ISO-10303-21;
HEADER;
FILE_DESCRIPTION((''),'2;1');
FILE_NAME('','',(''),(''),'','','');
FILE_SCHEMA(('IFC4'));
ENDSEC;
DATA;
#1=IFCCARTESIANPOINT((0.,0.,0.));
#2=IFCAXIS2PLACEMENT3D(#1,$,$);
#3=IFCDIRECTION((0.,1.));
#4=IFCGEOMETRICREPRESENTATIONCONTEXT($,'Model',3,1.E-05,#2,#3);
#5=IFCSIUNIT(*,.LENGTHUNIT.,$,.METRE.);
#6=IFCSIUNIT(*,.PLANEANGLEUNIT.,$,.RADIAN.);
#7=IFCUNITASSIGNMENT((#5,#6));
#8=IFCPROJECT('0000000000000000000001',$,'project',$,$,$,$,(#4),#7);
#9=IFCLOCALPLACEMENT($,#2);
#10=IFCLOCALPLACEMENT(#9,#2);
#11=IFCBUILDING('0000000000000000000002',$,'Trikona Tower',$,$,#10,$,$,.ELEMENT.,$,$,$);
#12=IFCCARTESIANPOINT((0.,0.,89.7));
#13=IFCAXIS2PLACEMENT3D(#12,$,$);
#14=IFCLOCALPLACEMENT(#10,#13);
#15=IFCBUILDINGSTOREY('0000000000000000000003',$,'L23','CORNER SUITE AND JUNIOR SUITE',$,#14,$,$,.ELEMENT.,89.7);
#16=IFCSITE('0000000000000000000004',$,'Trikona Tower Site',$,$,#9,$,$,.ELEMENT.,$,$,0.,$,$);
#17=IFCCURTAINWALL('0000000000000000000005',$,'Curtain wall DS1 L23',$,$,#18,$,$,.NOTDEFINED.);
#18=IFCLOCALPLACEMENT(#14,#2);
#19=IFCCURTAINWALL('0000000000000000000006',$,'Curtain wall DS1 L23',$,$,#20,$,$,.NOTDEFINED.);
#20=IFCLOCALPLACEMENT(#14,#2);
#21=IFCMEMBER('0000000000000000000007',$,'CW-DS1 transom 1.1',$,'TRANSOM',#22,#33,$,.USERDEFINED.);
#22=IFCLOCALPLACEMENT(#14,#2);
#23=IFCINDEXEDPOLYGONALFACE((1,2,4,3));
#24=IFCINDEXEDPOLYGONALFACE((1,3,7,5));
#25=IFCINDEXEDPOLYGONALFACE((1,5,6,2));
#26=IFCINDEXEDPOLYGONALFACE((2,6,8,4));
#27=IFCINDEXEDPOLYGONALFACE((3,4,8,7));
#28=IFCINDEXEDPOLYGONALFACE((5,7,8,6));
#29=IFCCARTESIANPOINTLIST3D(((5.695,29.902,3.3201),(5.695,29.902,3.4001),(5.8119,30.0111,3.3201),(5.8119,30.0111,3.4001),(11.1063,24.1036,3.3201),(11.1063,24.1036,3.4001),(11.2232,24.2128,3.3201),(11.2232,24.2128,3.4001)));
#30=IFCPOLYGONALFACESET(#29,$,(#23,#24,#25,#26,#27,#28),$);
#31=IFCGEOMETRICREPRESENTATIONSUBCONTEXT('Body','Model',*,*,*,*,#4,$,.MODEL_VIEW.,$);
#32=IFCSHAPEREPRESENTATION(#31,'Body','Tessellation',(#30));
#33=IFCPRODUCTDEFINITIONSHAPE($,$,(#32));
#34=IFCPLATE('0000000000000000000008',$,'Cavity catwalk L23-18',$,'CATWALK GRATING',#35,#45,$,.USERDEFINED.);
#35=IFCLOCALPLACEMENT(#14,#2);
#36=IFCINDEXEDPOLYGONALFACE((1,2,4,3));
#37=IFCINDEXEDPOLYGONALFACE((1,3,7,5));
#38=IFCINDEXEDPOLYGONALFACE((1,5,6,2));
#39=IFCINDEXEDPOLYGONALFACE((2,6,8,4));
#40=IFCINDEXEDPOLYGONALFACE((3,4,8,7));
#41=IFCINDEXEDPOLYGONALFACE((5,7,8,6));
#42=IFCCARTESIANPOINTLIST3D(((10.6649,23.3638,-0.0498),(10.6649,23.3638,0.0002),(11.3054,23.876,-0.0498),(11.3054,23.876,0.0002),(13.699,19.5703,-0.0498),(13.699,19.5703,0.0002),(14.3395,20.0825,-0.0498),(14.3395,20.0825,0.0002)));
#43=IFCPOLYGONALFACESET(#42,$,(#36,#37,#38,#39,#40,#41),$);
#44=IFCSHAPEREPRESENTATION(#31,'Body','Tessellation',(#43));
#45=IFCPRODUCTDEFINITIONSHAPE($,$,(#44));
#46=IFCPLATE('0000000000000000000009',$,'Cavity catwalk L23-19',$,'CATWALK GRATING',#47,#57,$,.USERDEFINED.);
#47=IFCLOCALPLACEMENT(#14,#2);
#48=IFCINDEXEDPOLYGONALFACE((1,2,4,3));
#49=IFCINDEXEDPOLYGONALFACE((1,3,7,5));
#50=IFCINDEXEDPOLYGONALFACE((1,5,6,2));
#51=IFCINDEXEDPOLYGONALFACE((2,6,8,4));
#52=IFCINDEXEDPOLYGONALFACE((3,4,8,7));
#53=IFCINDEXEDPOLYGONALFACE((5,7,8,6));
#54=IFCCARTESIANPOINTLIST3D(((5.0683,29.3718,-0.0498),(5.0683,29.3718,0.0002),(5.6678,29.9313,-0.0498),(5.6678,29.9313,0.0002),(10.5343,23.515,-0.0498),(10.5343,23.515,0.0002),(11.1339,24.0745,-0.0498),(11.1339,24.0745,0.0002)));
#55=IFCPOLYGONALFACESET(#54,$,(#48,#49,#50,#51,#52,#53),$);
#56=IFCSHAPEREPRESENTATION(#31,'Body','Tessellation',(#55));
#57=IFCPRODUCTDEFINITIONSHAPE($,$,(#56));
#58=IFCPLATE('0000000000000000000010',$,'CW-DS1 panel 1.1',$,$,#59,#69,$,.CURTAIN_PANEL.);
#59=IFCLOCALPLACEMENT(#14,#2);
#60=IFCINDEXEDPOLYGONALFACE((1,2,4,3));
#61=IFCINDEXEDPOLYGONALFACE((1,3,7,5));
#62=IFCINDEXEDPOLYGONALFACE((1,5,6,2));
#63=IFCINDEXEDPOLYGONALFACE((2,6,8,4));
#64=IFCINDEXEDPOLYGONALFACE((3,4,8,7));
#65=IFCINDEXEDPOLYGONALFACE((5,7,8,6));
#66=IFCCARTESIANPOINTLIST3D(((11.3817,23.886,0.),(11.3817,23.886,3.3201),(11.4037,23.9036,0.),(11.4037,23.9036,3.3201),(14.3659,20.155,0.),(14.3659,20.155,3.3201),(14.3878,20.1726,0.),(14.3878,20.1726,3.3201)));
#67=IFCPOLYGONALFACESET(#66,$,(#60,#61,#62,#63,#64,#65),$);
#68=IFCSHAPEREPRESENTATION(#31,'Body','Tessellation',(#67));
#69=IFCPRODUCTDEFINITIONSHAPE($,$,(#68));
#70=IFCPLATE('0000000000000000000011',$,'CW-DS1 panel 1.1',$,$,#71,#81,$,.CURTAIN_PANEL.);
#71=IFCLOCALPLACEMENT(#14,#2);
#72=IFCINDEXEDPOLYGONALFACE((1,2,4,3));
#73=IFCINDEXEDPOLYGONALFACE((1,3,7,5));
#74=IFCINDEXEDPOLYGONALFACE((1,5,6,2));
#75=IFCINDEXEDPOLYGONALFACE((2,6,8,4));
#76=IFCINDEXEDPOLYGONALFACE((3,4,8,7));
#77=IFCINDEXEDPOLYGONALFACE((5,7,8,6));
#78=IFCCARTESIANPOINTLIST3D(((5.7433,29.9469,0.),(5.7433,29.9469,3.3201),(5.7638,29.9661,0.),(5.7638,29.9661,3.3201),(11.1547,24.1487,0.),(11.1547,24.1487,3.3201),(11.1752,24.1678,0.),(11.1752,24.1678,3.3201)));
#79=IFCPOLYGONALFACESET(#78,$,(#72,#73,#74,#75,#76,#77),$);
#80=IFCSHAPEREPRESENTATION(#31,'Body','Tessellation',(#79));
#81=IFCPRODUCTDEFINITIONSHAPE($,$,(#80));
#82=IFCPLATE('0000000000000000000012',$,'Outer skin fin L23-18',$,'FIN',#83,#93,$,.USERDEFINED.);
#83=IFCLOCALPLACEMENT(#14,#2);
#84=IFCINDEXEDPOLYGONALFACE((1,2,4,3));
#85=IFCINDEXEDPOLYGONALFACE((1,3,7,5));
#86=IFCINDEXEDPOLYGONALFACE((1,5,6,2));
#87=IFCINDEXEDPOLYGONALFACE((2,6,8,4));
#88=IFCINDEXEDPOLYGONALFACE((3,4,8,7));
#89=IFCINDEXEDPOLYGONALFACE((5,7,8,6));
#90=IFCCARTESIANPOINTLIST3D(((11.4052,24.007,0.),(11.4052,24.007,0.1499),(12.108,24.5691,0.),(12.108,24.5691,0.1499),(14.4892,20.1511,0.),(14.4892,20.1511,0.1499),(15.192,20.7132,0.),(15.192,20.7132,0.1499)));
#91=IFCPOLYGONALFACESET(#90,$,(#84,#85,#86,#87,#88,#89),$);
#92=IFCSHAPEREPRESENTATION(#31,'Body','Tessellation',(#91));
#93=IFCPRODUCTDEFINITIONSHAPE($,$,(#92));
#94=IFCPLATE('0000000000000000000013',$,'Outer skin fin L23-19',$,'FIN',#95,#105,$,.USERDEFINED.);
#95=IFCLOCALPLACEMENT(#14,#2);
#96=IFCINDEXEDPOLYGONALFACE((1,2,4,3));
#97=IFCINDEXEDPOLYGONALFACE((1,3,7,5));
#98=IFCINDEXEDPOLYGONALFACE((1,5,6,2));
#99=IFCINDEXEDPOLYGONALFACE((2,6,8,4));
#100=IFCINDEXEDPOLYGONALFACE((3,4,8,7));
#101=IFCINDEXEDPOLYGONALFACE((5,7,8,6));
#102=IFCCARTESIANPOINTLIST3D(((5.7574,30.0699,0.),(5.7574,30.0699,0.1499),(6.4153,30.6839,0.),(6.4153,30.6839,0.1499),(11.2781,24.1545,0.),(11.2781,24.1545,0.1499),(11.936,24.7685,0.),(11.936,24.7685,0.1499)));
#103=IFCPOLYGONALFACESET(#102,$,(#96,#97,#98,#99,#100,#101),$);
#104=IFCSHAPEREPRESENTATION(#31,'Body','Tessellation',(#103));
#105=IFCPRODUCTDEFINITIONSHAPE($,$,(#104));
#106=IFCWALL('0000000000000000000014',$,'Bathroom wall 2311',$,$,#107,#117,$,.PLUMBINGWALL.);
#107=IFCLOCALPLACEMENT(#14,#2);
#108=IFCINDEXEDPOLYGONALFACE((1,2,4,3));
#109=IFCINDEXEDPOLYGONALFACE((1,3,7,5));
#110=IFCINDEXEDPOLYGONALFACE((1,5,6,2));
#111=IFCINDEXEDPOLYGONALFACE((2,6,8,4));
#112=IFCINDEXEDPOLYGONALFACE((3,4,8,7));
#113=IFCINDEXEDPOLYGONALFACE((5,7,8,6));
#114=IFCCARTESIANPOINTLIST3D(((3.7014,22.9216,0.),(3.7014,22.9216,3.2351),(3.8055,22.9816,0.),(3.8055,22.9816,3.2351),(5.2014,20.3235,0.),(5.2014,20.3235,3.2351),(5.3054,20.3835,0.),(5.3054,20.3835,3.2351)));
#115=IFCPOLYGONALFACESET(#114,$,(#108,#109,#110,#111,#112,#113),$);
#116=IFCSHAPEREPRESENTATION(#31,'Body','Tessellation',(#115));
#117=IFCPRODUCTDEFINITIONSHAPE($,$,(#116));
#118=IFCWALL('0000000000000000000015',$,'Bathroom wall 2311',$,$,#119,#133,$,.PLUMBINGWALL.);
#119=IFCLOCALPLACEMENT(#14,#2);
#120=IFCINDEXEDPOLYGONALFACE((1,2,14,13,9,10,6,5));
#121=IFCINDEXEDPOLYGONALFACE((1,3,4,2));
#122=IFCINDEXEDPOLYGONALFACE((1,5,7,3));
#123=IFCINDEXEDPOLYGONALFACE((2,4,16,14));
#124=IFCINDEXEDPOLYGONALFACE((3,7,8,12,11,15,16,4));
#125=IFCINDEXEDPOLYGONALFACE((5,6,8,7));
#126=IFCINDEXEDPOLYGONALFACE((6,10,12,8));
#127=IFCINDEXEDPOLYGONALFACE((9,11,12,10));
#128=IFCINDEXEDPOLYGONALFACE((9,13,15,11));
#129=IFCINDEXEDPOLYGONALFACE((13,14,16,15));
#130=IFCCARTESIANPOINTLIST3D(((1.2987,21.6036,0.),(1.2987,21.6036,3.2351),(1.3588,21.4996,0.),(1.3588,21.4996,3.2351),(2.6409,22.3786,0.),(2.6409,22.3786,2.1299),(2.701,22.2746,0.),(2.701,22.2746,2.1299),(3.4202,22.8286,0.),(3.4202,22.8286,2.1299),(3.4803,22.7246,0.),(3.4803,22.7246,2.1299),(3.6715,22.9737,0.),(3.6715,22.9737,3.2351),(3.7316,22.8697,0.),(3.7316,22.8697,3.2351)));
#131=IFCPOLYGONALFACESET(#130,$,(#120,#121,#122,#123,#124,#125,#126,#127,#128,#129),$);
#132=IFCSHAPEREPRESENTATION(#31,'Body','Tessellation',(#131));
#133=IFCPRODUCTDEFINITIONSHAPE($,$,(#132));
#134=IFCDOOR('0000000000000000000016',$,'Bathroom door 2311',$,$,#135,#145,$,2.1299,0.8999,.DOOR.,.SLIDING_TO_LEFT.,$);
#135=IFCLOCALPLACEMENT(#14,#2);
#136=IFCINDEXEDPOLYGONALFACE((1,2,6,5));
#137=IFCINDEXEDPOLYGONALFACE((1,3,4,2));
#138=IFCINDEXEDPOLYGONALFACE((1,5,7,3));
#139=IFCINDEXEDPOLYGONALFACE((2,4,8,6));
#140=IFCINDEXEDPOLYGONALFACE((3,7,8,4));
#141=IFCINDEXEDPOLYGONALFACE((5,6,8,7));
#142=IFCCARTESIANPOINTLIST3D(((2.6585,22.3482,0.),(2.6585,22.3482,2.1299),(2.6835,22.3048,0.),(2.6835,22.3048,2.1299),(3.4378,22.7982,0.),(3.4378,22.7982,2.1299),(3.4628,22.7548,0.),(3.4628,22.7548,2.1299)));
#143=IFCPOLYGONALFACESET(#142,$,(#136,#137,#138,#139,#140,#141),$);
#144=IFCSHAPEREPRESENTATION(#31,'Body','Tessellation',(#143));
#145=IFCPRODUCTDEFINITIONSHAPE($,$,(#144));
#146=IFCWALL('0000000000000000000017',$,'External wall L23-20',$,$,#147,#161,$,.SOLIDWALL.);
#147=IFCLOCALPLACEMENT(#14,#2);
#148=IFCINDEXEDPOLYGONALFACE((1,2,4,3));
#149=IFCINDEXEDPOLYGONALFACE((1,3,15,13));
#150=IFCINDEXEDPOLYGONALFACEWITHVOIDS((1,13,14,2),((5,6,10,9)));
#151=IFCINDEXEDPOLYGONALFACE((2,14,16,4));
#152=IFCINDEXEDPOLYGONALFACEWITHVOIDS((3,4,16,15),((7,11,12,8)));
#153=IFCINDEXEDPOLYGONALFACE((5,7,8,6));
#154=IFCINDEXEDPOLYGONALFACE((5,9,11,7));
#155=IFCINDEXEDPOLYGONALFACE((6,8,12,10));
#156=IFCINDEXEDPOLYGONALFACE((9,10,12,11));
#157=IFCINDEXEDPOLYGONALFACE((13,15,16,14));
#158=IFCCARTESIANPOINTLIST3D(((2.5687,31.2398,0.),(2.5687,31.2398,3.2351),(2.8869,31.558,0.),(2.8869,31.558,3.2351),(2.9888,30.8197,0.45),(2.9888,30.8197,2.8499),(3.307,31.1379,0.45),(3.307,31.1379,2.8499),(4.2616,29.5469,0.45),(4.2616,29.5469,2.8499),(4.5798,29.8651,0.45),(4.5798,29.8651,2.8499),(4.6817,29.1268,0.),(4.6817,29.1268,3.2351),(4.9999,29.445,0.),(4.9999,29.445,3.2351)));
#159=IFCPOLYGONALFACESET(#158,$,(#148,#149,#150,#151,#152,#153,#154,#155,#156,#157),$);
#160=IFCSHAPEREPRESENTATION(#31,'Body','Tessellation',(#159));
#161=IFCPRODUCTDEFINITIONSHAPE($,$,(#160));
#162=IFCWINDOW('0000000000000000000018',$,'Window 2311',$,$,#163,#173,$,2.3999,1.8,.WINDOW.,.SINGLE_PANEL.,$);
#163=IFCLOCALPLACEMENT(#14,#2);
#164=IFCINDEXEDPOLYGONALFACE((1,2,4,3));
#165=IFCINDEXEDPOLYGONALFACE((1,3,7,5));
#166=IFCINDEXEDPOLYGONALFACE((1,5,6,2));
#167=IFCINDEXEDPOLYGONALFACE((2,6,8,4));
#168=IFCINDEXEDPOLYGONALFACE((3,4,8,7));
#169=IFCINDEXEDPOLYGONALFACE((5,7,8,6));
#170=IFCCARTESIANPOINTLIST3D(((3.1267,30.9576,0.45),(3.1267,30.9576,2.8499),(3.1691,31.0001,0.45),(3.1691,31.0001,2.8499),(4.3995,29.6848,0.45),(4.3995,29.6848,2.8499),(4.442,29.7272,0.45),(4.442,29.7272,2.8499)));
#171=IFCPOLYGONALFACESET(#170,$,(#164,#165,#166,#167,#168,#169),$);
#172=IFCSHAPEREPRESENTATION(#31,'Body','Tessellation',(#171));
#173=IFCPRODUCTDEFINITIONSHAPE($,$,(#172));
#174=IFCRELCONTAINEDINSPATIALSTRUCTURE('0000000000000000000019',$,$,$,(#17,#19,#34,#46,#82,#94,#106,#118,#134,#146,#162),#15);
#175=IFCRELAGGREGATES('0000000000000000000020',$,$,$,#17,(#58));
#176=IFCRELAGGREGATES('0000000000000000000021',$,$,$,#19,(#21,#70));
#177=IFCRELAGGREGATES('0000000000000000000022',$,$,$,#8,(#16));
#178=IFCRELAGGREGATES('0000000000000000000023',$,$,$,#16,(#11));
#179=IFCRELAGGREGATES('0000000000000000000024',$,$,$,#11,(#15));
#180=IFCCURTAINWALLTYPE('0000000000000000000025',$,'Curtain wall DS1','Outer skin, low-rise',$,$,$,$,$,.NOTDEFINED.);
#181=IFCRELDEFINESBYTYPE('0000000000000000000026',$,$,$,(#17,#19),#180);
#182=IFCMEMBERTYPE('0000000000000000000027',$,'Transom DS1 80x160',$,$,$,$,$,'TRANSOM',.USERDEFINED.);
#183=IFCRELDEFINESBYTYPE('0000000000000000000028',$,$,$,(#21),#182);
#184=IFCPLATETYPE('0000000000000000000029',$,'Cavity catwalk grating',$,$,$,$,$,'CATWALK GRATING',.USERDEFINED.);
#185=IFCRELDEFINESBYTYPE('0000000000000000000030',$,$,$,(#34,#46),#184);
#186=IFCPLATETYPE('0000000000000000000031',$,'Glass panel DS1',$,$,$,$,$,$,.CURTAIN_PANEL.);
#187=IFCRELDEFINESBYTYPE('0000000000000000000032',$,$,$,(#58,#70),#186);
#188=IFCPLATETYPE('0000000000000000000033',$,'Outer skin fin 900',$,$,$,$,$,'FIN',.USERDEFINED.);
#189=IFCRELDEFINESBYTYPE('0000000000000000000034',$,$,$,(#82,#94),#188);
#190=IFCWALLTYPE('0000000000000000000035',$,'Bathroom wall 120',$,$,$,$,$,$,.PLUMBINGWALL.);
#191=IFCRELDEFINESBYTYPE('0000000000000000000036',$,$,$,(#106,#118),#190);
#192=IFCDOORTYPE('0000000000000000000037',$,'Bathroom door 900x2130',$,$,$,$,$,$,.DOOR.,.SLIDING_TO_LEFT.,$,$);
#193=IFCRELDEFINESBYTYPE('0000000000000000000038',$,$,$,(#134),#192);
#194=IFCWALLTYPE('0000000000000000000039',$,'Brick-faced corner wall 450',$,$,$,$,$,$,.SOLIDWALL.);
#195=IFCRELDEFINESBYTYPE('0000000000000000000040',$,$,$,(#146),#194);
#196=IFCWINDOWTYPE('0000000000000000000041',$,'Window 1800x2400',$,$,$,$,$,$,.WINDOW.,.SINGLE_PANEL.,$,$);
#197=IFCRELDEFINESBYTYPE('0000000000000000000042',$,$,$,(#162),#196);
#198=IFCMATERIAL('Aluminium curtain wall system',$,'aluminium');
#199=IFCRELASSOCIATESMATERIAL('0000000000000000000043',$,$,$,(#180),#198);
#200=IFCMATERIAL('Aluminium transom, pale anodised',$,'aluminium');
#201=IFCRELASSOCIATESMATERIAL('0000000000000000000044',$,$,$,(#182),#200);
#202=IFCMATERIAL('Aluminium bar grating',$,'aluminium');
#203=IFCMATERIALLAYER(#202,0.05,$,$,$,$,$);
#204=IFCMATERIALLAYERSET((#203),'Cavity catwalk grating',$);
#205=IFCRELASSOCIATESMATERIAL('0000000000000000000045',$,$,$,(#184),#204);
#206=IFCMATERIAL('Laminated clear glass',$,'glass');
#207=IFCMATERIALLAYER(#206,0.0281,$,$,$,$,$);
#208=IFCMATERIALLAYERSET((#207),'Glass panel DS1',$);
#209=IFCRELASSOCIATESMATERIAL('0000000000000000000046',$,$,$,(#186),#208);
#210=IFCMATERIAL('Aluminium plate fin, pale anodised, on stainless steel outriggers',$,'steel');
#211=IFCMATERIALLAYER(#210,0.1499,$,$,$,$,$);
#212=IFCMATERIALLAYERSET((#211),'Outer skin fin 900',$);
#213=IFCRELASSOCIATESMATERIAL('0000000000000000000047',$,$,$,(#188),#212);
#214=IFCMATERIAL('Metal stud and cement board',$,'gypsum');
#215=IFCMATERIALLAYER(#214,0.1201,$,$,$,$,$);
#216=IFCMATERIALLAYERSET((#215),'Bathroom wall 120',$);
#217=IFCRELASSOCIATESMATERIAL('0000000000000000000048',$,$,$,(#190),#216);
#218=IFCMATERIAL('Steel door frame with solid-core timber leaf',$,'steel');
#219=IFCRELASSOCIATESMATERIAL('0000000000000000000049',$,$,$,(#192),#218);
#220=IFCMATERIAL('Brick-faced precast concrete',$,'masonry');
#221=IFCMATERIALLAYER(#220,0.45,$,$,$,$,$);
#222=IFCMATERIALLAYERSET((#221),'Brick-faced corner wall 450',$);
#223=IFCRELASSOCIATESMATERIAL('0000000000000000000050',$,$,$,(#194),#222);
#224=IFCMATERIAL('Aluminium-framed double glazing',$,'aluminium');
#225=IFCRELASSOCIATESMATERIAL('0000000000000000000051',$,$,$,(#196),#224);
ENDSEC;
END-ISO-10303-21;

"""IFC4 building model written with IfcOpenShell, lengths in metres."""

from ifc_helpers import new_model, si_unit, direction, frame, frame_2d, origin, origin_2d, place, context, subcontext, project, spatial, rectangle, extrude, material, layer, layer_set, material_profile, profile_set, type_object, element, fill, aggregate, save


model = new_model("IFC4")

# Units and contexts
model_context = context("Model", 3, precision=1e-05, world=origin(), true_north=direction((0.0, 1.0)))
body_context = subcontext(model_context, "Body", "Model", "MODEL_VIEW")
ifc_project = project(units=[si_unit("LENGTHUNIT", "METRE"), si_unit("PLANEANGLEUNIT", "RADIAN")], contexts=[model_context])

# Site, building, storey
site_placement = place(None, origin())
site = spatial("IfcSite", under=ifc_project, at=site_placement, Name="Trikona Tower Site", CompositionType="ELEMENT", RefElevation=0.0)
building_placement = place(site_placement, origin())
building = spatial("IfcBuilding", under=site, at=building_placement, Name="Trikona Tower", CompositionType="ELEMENT")
storey_placement = place(building_placement, frame((0.0, 0.0, 89.7)))
storey = spatial("IfcBuildingStorey", under=building, at=storey_placement, Name="L23", Description="CORNER SUITE AND JUNIOR SUITE", CompositionType="ELEMENT", Elevation=89.7)

# Curtain walls
ifc_material_1 = material(Name="Aluminium curtain wall system", Category="aluminium")
curtain_wall_type = type_object("IfcCurtainWallType", Name="Curtain wall DS1", Description="Outer skin, low-rise", PredefinedType="NOTDEFINED", material=ifc_material_1)
curtain_wall_1_placement = place(storey_placement, origin())
curtain_wall_1 = element("IfcCurtainWall", 1, at=curtain_wall_1_placement, inside=storey, type_object=curtain_wall_type, Name="Curtain wall DS1 L23", PredefinedType="NOTDEFINED")
curtain_wall_2_placement = place(storey_placement, origin())
curtain_wall_2 = element("IfcCurtainWall", 2, at=curtain_wall_2_placement, inside=storey, type_object=curtain_wall_type, Name="Curtain wall DS1 L23", PredefinedType="NOTDEFINED")

# Member
ifc_material_2 = material(Name="Aluminium transom, pale anodised", Category="aluminium")
ifc_material_profile_1 = material_profile(ifc_material_2, rectangle(XDim=0.1599, YDim=0.0801, at=origin_2d()), Name="TRN-DS1")
ifc_profile_set_1 = profile_set([ifc_material_profile_1], Name="Aluminium transom, pale anodised")
member_type_1 = type_object("IfcMemberType", Name="Transom DS1 80x160", ElementType="TRANSOM", PredefinedType="USERDEFINED", material=ifc_profile_set_1)
member_1_placement = place(storey_placement, frame((11.1648, 24.1582, 3.3601), z_axis=(-0.682291, 0.731081, 0.0), x_axis=(-0.731081, -0.682291, 0.0)))
member_1 = element("IfcMember", 3, at=member_1_placement, type_object=member_type_1, Name="CW-DS1 transom 1.1", ObjectType="TRANSOM", PredefinedType="USERDEFINED", context=body_context, shape_type="SweptSolid", body=[
    extrude(rectangle(XDim=0.1599, YDim=0.0801, at=origin_2d()), origin(), (0.0, 0.0, 1.0), 7.9312),
])

# Plates
ifc_material_3 = material(Name="Aluminium bar grating", Category="aluminium")
ifc_layer_1 = layer(ifc_material_3, 0.05)
ifc_layer_set_1 = layer_set([ifc_layer_1], Name="Cavity catwalk grating")
plate_type_1 = type_object("IfcPlateType", Name="Cavity catwalk grating", ElementType="CATWALK GRATING", PredefinedType="USERDEFINED", material=ifc_layer_set_1)
plate_1_placement = place(storey_placement, frame((12.5022, 21.7231, -0.0498), z_axis=(0.0, 0.0, 1.0), x_axis=(-0.624604, 0.780942, 0.0)))
element("IfcPlate", 4, at=plate_1_placement, inside=storey, type_object=plate_type_1, Name="Cavity catwalk L23-18", ObjectType="CATWALK GRATING", PredefinedType="USERDEFINED", context=body_context, shape_type="SweptSolid", body=[
    extrude(rectangle(XDim=4.8577, YDim=0.8201, at=origin_2d()), origin(), (0.0, 0.0, 1.0), 0.05),
])
plate_2_placement = place(storey_placement, frame((8.1011, 26.7231, -0.0498), z_axis=(0.0, 0.0, 1.0), x_axis=(-0.682298, 0.731074, 0.0)))
element("IfcPlate", 5, at=plate_2_placement, inside=storey, type_object=plate_type_1, Name="Cavity catwalk L23-19", ObjectType="CATWALK GRATING", PredefinedType="USERDEFINED", context=body_context, shape_type="SweptSolid", body=[
    extrude(rectangle(XDim=8.0112, YDim=0.8201, at=origin_2d()), origin(), (0.0, 0.0, 1.0), 0.05),
])

# Plates
ifc_material_4 = material(Name="Laminated clear glass", Category="glass")
ifc_layer_2 = layer(ifc_material_4, 0.0281)
ifc_layer_set_2 = layer_set([ifc_layer_2], Name="Glass panel DS1")
plate_type_2 = type_object("IfcPlateType", Name="Glass panel DS1", PredefinedType="CURTAIN_PANEL", material=ifc_layer_set_2)
plate_3_placement = place(storey_placement, frame((12.8848, 22.0293, 0.0), z_axis=(0.0, 0.0, 1.0), x_axis=(-0.624609, 0.780938, 0.0)))
plate_3 = element("IfcPlate", 6, at=plate_3_placement, type_object=plate_type_2, Name="CW-DS1 panel 1.1", PredefinedType="CURTAIN_PANEL", context=body_context, shape_type="SweptSolid", body=[
    extrude(rectangle(XDim=4.7776, YDim=0.0281, at=origin_2d()), origin(), (0.0, 0.0, 1.0), 3.3201),
])
aggregate(curtain_wall_1, [plate_3])
plate_4_placement = place(storey_placement, frame((8.4592, 27.0574, 0.0), z_axis=(0.0, 0.0, 1.0), x_axis=(-0.682295, 0.731077, 0.0)))
plate_4 = element("IfcPlate", 7, at=plate_4_placement, type_object=plate_type_2, Name="CW-DS1 panel 1.1", PredefinedType="CURTAIN_PANEL", context=body_context, shape_type="SweptSolid", body=[
    extrude(rectangle(XDim=7.9312, YDim=0.0281, at=origin_2d()), origin(), (0.0, 0.0, 1.0), 3.3201),
])
aggregate(curtain_wall_2, [member_1, plate_4])

# Plates
ifc_material_5 = material(Name="Aluminium plate fin, pale anodised, on stainless steel outriggers", Category="steel")
ifc_layer_3 = layer(ifc_material_5, 0.1499)
ifc_layer_set_3 = layer_set([ifc_layer_3], Name="Outer skin fin 900")
plate_type_3 = type_object("IfcPlateType", Name="Outer skin fin 900", ElementType="FIN", PredefinedType="USERDEFINED", material=ifc_layer_set_3)
plate_5_placement = place(storey_placement, frame((13.2986, 22.3601, 0.0), z_axis=(0.0, 0.0, 1.0), x_axis=(-0.624604, 0.780942, 0.0)))
element("IfcPlate", 8, at=plate_5_placement, inside=storey, type_object=plate_type_3, Name="Outer skin fin L23-18", ObjectType="FIN", PredefinedType="USERDEFINED", context=body_context, shape_type="SweptSolid", body=[
    extrude(rectangle(XDim=4.9375, YDim=0.8999, at=origin_2d()), origin(), (0.0, 0.0, 1.0), 0.1499),
])
plate_6_placement = place(storey_placement, frame((8.8467, 27.4192, 0.0), z_axis=(0.0, 0.0, 1.0), x_axis=(-0.682298, 0.731074, 0.0)))
element("IfcPlate", 9, at=plate_6_placement, inside=storey, type_object=plate_type_3, Name="Outer skin fin L23-19", ObjectType="FIN", PredefinedType="USERDEFINED", context=body_context, shape_type="SweptSolid", body=[
    extrude(rectangle(XDim=8.0913, YDim=0.8999, at=origin_2d()), origin(), (0.0, 0.0, 1.0), 0.1499),
])

# Wall
ifc_material_6 = material(Name="Metal stud and cement board", Category="gypsum")
ifc_layer_4 = layer(ifc_material_6, 0.1201)
ifc_layer_set_4 = layer_set([ifc_layer_4], Name="Bathroom wall 120")
wall_type_1 = type_object("IfcWallType", Name="Bathroom wall 120", PredefinedType="PLUMBINGWALL", material=ifc_layer_set_4)
wall_1_placement = place(storey_placement, frame((5.2534, 20.3535, 0.0), z_axis=(0.0, 0.0, 1.0), x_axis=(-0.49999, 0.866031, 0.0)))
element("IfcWall", 10, at=wall_1_placement, inside=storey, type_object=wall_type_1, Name="Bathroom wall 2311", PredefinedType="PLUMBINGWALL", context=body_context, shape_type="SweptSolid", body=[
    extrude(rectangle(XDim=3.0, YDim=0.1201, at=frame_2d((1.5, 0.0))), origin(), (0.0, 0.0, 1.0), 3.2351),
])

# Wall, opening, door
wall_2_placement = place(storey_placement, frame((1.3286, 21.5515, 0.0), z_axis=(0.0, 0.0, 1.0), x_axis=(0.865997, 0.500049, 0.0)))
wall_2 = element("IfcWall", 11, at=wall_2_placement, inside=storey, type_object=wall_type_1, Name="Bathroom wall 2311", PredefinedType="PLUMBINGWALL", context=body_context, shape_type="SweptSolid", body=[
    extrude(rectangle(XDim=2.74, YDim=0.1201, at=frame_2d((1.3701, 0.0))), origin(), (0.0, 0.0, 1.0), 3.2351),
])
opening_1_placement = place(wall_2_placement, frame((1.55, 0.0, 0.0)))
opening_1 = element("IfcOpeningElement", 12, at=opening_1_placement, cuts=wall_2, PredefinedType="OPENING", context=body_context, shape_type="SweptSolid", body=[
    extrude(rectangle(XDim=0.8999, YDim=2.1299, at=frame_2d((0.45, 1.0649))), frame((0.0, 0.0701, 0.0), z_axis=(0.0, -1.0, 0.0), x_axis=(1.0, 0.0, 0.0)), (0.0, 0.0, 1.0), 0.1401),
])
ifc_material_7 = material(Name="Steel door frame with solid-core timber leaf", Category="steel")
door_type = type_object("IfcDoorType", Name="Bathroom door 900x2130", OperationType="SLIDING_TO_LEFT", PredefinedType="DOOR", material=ifc_material_7)
door_placement = place(opening_1_placement, origin())
door = element("IfcDoor", 13, at=door_placement, inside=storey, type_object=door_type, Name="Bathroom door 2311", OperationType="SLIDING_TO_LEFT", OverallHeight=2.1299, OverallWidth=0.8999, PredefinedType="DOOR", context=body_context, shape_type="SweptSolid", body=[
    extrude(rectangle(XDim=0.8999, YDim=2.1299, at=frame_2d((0.45, 1.0649))), frame((0.0, 0.0249, 0.0), z_axis=(0.0, -1.0, 0.0), x_axis=(1.0, 0.0, 0.0)), (0.0, 0.0, 1.0), 0.05),
])
fill(opening_1, door)

# Wall, opening, window
ifc_material_8 = material(Name="Brick-faced precast concrete", Category="masonry")
ifc_layer_5 = layer(ifc_material_8, 0.45)
ifc_layer_set_5 = layer_set([ifc_layer_5], Name="Brick-faced corner wall 450")
wall_type_2 = type_object("IfcWallType", Name="Brick-faced corner wall 450", PredefinedType="SOLIDWALL", material=ifc_layer_set_5)
wall_3_placement = place(storey_placement, frame((4.8408, 29.2859, 0.0), z_axis=(0.0, 0.0, 1.0), x_axis=(-0.707107, 0.707107, 0.0)))
wall_3 = element("IfcWall", 14, at=wall_3_placement, inside=storey, type_object=wall_type_2, Name="External wall L23-20", PredefinedType="SOLIDWALL", context=body_context, shape_type="SweptSolid", body=[
    extrude(rectangle(XDim=2.9883, YDim=0.45, at=frame_2d((1.4941, 0.0))), origin(), (0.0, 0.0, 1.0), 3.2351),
])
opening_2_placement = place(wall_3_placement, frame((0.5942, 0.0, 0.45)))
opening_2 = element("IfcOpeningElement", 15, at=opening_2_placement, cuts=wall_3, PredefinedType="OPENING", context=body_context, shape_type="SweptSolid", body=[
    extrude(rectangle(XDim=1.8, YDim=2.3999, at=frame_2d((0.8999, 1.2))), frame((0.0, 0.2349, 0.0), z_axis=(0.0, -1.0, 0.0), x_axis=(1.0, 0.0, 0.0)), (0.0, 0.0, 1.0), 0.47),
])
ifc_material_9 = material(Name="Aluminium-framed double glazing", Category="aluminium")
window_type_1 = type_object("IfcWindowType", Name="Window 1800x2400", PartitioningType="SINGLE_PANEL", PredefinedType="WINDOW", material=ifc_material_9)
window_1_placement = place(opening_2_placement, origin())
window_1 = element("IfcWindow", 16, at=window_1_placement, inside=storey, type_object=window_type_1, Name="Window 2311", OverallHeight=2.3999, OverallWidth=1.8, PartitioningType="SINGLE_PANEL", PredefinedType="WINDOW", context=body_context, shape_type="SweptSolid", body=[
    extrude(rectangle(XDim=1.8, YDim=2.3999, at=frame_2d((0.8999, 1.2))), frame((0.0, 0.03, 0.0), z_axis=(0.0, -1.0, 0.0), x_axis=(1.0, 0.0, 0.0)), (0.0, 0.0, 1.0), 0.0601),
])
fill(opening_2, window_1)

save(model, "model.ifc")
